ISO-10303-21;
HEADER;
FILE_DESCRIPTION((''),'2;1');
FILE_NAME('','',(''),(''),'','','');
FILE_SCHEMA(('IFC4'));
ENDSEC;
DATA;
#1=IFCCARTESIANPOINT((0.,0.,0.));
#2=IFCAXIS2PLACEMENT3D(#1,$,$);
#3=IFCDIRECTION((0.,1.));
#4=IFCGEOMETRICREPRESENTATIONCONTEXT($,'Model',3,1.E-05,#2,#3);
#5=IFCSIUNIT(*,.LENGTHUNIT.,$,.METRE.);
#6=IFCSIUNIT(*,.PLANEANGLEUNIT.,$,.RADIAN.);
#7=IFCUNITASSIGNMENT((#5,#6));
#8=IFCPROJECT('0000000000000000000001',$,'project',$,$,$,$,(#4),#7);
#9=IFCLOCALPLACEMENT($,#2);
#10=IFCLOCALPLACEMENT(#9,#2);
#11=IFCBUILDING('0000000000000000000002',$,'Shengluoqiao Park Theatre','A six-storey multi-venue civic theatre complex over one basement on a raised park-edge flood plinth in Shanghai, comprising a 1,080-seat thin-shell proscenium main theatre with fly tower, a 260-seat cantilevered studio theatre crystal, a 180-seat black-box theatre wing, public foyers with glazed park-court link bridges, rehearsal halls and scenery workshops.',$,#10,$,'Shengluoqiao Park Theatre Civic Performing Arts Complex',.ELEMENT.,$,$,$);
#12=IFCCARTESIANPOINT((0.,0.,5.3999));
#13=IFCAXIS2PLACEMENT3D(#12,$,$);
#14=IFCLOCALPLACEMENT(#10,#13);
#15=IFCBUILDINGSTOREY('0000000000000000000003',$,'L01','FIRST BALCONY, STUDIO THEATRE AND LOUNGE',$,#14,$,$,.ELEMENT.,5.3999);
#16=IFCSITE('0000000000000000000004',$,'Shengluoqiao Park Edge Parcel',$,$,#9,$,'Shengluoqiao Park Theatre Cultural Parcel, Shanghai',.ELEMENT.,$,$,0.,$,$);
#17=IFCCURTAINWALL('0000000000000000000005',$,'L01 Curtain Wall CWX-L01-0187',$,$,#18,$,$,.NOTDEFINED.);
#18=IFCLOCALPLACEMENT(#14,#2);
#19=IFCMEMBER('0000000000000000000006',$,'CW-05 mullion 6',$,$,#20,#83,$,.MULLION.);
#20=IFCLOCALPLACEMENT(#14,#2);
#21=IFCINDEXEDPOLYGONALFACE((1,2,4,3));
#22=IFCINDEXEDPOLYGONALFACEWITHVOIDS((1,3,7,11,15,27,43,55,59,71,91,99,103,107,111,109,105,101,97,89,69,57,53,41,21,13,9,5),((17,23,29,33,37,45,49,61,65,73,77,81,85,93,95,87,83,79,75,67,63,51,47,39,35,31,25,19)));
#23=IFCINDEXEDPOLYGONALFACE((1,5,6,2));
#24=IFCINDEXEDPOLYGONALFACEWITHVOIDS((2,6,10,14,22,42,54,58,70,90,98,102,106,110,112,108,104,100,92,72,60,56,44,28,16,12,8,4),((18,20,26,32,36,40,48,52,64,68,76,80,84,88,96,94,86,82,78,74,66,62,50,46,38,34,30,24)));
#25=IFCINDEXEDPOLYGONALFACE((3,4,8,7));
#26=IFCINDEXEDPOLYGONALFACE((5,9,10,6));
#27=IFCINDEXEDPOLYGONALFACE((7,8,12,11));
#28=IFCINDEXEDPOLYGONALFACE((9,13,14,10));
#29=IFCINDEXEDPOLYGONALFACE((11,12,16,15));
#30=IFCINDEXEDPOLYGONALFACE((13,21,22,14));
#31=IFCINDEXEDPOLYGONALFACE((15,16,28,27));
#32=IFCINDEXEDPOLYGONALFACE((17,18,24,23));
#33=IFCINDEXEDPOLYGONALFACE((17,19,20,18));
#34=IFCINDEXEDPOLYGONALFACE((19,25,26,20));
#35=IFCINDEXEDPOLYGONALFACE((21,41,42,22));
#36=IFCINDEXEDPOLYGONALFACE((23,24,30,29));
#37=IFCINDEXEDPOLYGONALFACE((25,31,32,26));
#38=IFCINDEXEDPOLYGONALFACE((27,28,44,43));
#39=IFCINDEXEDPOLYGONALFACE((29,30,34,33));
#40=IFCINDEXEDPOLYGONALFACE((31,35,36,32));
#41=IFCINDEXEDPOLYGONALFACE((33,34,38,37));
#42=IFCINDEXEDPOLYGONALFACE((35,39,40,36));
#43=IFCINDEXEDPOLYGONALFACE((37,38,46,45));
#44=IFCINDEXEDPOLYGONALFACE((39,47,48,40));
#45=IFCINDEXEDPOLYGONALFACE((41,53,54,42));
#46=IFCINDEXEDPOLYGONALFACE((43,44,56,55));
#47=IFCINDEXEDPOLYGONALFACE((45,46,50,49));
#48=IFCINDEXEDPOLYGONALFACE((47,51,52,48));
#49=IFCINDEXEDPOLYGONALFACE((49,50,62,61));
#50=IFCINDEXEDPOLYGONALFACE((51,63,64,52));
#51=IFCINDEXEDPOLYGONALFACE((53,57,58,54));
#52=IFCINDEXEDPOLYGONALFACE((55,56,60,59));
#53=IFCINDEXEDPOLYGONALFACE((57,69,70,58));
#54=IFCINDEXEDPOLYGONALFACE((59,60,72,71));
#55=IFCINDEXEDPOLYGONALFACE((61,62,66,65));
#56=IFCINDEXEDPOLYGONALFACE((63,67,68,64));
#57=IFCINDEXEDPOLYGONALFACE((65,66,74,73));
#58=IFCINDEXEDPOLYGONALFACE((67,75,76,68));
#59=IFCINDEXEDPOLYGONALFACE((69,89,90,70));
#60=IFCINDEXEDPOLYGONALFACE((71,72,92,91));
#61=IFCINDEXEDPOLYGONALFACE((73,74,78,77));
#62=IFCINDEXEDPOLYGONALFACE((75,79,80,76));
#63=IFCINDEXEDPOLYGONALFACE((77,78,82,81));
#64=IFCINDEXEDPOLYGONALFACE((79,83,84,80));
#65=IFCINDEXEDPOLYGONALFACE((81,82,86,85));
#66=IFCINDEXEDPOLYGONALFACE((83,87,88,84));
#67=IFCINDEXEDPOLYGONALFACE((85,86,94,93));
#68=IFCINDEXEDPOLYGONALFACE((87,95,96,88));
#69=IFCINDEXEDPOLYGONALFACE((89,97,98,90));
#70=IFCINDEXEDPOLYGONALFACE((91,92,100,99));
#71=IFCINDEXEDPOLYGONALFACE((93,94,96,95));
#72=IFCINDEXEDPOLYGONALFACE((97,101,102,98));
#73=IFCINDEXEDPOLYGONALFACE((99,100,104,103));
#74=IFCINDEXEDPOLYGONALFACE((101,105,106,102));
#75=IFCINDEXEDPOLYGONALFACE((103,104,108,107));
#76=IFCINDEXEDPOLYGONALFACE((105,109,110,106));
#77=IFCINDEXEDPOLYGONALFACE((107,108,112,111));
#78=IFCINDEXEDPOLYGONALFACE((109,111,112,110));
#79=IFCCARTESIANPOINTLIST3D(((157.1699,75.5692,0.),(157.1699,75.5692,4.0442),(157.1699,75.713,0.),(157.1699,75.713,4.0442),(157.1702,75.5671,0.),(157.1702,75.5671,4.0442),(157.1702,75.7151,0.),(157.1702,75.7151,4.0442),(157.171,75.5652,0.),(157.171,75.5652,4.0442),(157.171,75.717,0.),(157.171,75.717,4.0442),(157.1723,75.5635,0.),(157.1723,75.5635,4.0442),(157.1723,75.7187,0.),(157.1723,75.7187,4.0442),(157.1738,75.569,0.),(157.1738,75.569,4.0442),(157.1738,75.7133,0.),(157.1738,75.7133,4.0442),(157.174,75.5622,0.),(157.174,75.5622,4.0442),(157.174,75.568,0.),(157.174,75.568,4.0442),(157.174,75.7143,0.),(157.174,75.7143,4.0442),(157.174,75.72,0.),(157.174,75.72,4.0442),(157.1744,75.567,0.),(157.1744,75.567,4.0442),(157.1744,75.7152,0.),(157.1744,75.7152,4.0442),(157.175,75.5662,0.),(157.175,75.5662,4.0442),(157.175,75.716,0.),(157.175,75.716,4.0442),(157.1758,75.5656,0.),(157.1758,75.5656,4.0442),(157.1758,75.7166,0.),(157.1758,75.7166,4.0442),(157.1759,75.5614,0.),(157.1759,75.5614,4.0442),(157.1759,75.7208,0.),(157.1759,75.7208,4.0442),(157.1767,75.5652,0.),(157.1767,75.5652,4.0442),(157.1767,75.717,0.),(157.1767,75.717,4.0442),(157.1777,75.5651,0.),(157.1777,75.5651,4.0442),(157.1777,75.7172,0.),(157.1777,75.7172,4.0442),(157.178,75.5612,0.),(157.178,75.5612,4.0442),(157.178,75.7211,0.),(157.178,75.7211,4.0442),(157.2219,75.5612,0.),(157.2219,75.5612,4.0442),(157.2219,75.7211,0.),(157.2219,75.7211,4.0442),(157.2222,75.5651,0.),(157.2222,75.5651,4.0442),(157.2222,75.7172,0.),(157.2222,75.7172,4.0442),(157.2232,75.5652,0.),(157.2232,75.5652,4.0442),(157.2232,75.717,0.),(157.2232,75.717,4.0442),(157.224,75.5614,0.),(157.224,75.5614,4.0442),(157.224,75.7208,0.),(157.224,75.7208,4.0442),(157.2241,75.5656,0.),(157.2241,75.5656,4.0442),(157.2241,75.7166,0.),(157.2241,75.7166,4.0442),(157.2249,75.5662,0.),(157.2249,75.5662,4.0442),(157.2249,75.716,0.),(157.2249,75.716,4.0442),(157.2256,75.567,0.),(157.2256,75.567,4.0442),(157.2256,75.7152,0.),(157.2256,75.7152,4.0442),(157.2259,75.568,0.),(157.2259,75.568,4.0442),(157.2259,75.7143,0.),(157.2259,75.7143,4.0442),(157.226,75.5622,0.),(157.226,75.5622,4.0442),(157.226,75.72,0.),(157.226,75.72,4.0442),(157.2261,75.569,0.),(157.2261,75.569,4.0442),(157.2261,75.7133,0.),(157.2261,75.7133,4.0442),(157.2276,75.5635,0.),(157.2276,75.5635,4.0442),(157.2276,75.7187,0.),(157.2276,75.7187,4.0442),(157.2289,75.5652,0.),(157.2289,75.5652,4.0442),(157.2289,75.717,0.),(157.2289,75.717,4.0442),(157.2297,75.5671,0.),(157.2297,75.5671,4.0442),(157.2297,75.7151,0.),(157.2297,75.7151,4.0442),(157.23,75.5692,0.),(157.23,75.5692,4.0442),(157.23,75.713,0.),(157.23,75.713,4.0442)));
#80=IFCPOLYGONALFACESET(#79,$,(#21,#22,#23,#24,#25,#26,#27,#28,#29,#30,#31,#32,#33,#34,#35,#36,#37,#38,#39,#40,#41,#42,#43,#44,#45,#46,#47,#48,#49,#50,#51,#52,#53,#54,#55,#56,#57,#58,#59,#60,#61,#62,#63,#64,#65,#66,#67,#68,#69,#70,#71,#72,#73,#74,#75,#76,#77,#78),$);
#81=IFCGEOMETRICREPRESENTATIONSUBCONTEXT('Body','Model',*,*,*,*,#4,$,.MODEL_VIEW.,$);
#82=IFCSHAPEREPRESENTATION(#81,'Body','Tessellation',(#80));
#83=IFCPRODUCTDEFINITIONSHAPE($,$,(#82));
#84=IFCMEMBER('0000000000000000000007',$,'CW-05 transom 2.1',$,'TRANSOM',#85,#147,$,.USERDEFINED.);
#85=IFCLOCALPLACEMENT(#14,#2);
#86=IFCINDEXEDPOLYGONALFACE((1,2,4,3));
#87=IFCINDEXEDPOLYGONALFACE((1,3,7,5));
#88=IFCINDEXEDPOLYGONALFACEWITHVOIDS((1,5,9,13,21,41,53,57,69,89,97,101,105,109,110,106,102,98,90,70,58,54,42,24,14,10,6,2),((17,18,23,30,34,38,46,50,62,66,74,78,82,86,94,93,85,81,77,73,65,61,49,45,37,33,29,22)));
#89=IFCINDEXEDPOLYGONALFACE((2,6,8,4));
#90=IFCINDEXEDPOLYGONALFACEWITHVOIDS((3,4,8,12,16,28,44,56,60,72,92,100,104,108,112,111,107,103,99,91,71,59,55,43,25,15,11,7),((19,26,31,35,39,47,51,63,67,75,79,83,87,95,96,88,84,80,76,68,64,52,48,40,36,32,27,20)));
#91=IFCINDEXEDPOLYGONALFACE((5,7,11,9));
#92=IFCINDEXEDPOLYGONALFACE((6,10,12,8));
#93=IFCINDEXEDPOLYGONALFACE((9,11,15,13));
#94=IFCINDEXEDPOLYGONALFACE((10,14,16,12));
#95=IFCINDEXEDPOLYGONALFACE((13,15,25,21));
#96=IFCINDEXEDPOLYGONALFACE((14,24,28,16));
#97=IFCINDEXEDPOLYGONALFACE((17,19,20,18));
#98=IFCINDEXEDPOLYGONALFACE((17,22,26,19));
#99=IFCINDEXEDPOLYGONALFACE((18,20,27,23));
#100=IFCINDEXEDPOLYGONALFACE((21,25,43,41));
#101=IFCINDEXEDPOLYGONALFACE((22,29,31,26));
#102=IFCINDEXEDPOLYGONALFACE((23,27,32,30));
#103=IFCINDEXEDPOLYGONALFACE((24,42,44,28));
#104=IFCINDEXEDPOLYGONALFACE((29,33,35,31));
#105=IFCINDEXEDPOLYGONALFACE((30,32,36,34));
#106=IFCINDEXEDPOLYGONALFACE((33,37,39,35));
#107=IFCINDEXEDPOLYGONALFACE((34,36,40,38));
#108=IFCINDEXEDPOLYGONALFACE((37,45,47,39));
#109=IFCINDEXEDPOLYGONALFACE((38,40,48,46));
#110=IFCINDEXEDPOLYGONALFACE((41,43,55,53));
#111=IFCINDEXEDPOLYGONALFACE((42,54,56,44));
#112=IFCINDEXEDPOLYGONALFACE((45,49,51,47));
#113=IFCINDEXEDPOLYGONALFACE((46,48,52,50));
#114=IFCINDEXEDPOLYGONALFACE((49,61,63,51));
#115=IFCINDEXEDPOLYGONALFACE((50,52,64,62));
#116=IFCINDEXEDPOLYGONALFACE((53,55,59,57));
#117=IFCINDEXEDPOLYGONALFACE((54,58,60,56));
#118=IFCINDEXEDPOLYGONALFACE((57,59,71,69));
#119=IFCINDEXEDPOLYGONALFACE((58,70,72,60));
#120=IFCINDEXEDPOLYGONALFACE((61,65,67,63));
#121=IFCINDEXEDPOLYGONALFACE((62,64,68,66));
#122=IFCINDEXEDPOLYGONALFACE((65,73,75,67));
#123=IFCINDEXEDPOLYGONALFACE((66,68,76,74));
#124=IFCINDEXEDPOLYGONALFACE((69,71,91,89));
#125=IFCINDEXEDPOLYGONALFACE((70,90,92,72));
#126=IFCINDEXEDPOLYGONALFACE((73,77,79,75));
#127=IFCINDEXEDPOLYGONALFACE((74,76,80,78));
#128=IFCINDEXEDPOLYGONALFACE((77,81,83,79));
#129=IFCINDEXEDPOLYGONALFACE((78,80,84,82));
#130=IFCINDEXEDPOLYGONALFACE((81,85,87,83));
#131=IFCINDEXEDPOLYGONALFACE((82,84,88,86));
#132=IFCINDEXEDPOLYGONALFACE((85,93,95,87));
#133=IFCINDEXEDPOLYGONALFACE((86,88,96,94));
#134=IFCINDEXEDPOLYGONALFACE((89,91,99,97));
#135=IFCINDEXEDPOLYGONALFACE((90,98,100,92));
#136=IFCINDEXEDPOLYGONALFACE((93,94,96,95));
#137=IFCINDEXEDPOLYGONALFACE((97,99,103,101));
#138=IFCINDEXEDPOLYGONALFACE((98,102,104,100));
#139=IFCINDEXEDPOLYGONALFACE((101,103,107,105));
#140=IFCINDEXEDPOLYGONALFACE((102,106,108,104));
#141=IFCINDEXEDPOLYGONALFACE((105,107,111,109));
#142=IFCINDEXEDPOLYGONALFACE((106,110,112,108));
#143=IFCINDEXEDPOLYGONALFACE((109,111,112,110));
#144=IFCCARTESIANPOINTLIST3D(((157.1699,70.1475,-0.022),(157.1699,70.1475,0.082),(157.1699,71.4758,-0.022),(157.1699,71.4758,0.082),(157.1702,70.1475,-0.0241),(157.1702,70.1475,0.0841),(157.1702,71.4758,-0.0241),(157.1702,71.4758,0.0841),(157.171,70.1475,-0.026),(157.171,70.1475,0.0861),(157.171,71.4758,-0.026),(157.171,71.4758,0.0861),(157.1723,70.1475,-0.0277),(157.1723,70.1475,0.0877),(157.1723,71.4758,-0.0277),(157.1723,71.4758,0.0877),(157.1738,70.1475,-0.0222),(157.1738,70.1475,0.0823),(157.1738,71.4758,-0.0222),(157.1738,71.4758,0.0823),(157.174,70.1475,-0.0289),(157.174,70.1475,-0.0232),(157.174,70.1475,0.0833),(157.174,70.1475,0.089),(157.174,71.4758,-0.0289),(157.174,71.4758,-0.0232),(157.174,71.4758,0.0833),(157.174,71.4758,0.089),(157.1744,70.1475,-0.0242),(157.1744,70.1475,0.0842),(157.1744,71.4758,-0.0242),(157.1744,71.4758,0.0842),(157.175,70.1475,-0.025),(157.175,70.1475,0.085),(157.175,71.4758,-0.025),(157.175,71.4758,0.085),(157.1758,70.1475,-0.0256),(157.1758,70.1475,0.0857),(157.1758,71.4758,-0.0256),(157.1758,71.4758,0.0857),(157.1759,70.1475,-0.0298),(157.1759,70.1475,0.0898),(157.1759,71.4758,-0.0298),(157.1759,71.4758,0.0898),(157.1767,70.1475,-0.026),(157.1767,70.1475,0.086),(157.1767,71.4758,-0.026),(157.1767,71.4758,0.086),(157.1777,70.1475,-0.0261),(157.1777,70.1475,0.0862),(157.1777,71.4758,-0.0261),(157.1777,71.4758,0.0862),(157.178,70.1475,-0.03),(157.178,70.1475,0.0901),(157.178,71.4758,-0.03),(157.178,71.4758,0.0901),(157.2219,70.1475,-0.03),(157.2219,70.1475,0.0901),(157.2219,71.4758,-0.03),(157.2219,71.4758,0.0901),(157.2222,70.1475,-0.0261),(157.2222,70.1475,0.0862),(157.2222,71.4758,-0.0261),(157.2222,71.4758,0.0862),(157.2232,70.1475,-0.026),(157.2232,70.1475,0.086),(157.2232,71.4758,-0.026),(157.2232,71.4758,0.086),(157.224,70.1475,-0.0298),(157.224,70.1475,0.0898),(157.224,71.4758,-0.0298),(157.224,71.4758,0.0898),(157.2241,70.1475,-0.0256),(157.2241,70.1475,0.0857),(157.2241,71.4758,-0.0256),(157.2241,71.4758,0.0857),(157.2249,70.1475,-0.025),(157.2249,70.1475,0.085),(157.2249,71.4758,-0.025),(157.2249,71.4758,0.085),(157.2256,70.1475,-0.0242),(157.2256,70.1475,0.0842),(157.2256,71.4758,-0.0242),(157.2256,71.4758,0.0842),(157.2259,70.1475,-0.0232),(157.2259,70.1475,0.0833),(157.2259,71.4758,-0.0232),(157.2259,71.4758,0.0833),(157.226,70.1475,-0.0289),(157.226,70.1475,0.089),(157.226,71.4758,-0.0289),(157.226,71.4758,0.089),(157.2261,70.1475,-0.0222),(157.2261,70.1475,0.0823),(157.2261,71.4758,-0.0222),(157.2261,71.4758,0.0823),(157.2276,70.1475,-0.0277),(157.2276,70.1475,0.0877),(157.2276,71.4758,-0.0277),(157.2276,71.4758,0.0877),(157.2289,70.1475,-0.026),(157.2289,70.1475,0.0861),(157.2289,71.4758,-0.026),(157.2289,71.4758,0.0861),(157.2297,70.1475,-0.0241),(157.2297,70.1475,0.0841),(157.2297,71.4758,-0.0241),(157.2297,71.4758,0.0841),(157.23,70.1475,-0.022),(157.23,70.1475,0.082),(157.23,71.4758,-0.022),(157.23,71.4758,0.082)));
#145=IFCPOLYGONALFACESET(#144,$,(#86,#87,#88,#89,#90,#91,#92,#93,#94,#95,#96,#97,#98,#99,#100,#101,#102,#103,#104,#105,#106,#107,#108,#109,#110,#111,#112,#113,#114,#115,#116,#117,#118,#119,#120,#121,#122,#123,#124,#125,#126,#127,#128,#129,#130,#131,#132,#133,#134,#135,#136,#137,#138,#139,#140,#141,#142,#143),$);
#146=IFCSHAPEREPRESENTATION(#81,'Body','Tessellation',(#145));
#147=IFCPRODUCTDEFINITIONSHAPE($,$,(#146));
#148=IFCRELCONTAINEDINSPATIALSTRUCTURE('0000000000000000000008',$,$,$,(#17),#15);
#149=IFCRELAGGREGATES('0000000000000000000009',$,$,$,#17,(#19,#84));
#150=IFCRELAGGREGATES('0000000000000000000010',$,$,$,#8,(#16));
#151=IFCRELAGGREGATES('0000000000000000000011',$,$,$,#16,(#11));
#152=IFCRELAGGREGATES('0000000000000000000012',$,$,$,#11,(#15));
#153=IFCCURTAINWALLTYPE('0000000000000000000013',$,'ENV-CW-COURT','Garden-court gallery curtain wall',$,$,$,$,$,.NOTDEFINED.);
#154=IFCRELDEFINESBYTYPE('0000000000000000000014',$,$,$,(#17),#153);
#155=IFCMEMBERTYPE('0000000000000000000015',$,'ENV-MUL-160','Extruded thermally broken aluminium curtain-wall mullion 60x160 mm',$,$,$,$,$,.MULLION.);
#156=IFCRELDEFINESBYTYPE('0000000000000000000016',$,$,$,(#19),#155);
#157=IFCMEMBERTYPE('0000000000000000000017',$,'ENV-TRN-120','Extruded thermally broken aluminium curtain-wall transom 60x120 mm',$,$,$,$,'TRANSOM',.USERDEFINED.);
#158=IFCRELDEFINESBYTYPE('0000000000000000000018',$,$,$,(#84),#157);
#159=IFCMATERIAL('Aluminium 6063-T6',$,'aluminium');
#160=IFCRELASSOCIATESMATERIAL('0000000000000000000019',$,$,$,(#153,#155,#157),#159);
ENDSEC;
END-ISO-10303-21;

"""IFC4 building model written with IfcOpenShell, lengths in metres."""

from ifc_helpers import new_model, si_unit, direction, frame, origin, origin_2d, place, context, subcontext, project, spatial, hollow_rectangle, extrude, material, material_profile, profile_set, type_object, element, aggregate, save


model = new_model("IFC4")

# Units and contexts
model_context = context("Model", 3, precision=1e-05, world=origin(), true_north=direction((0.0, 1.0)))
body_context = subcontext(model_context, "Body", "Model", "MODEL_VIEW")
ifc_project = project(units=[si_unit("LENGTHUNIT", "METRE"), si_unit("PLANEANGLEUNIT", "RADIAN")], contexts=[model_context])

# Site, building, storey
site_placement = place(None, origin())
site = spatial("IfcSite", under=ifc_project, at=site_placement, Name="Shengluoqiao Park Edge Parcel", LongName="Shengluoqiao Park Theatre Cultural Parcel, Shanghai", CompositionType="ELEMENT", RefElevation=0.0)
building_placement = place(site_placement, origin())
building = spatial("IfcBuilding", under=site, at=building_placement, Name="Shengluoqiao Park Theatre", Description="A six-storey multi-venue civic theatre complex over one basement on a raised park-edge flood plinth in Shanghai, comprising a 1,080-seat thin-shell proscenium main theatre with fly tower, a 260-seat cantilevered studio theatre crystal, a 180-seat black-box theatre wing, public foyers with glazed park-court link bridges, rehearsal halls and scenery workshops.", LongName="Shengluoqiao Park Theatre Civic Performing Arts Complex", CompositionType="ELEMENT")
storey_placement = place(building_placement, frame((0.0, 0.0, 5.3999)))
storey = spatial("IfcBuildingStorey", under=building, at=storey_placement, Name="L01", Description="FIRST BALCONY, STUDIO THEATRE AND LOUNGE", CompositionType="ELEMENT", Elevation=5.3999)

# Curtain wall, members
ifc_material_1 = material(Name="Aluminium 6063-T6", Category="aluminium")
curtain_wall_type = type_object("IfcCurtainWallType", Name="ENV-CW-COURT", Description="Garden-court gallery curtain wall", PredefinedType="NOTDEFINED", material=ifc_material_1)
curtain_wall_placement = place(storey_placement, origin())
curtain_wall = element("IfcCurtainWall", 1, at=curtain_wall_placement, inside=storey, type_object=curtain_wall_type, Name="L01 Curtain Wall CWX-L01-0187", PredefinedType="NOTDEFINED")
ifc_material_profile_1 = material_profile(ifc_material_1, hollow_rectangle(XDim=0.0601, YDim=0.1599, WallThickness=0.0039, InnerFilletRadius=0.0039, OuterFilletRadius=0.0081, at=origin_2d()), Name="ALU MULLION 160x60x4")
ifc_profile_set_1 = profile_set([ifc_material_profile_1], Name="Aluminium 6063-T6")
member_type_1 = type_object("IfcMemberType", Name="ENV-MUL-160", Description="Extruded thermally broken aluminium curtain-wall mullion 60x160 mm", PredefinedType="MULLION", material=ifc_profile_set_1)
member_1_placement = place(storey_placement, frame((157.2, 75.6411, 0.0), z_axis=(0.0, 0.0, 1.0), x_axis=(-1.0, 0.0, 0.0)))
member_1 = element("IfcMember", 2, at=member_1_placement, type_object=member_type_1, Name="CW-05 mullion 6", PredefinedType="MULLION", context=body_context, shape_type="SweptSolid", body=[
    extrude(hollow_rectangle(XDim=0.0601, YDim=0.1599, WallThickness=0.0039, InnerFilletRadius=0.0039, OuterFilletRadius=0.0081, at=origin_2d()), origin(), (0.0, 0.0, 1.0), 4.0442),
])
ifc_material_profile_2 = material_profile(ifc_material_1, hollow_rectangle(XDim=0.0601, YDim=0.1201, WallThickness=0.0039, InnerFilletRadius=0.0039, OuterFilletRadius=0.0081, at=origin_2d()), Name="ALU TRANSOM 120x60x4")
ifc_profile_set_2 = profile_set([ifc_material_profile_2], Name="Aluminium 6063-T6")
member_type_2 = type_object("IfcMemberType", Name="ENV-TRN-120", Description="Extruded thermally broken aluminium curtain-wall transom 60x120 mm", ElementType="TRANSOM", PredefinedType="USERDEFINED", material=ifc_profile_set_2)
member_2_placement = place(storey_placement, frame((157.2, 70.1475, 0.03), z_axis=(0.0, 1.0, 0.0), x_axis=(-1.0, 0.0, 0.0)))
member_2 = element("IfcMember", 3, at=member_2_placement, type_object=member_type_2, Name="CW-05 transom 2.1", ObjectType="TRANSOM", PredefinedType="USERDEFINED", context=body_context, shape_type="SweptSolid", body=[
    extrude(hollow_rectangle(XDim=0.0601, YDim=0.1201, WallThickness=0.0039, InnerFilletRadius=0.0039, OuterFilletRadius=0.0081, at=origin_2d()), origin(), (0.0, 0.0, 1.0), 1.3284),
])

aggregate(curtain_wall, [member_1, member_2])

save(model, "model.ifc")
